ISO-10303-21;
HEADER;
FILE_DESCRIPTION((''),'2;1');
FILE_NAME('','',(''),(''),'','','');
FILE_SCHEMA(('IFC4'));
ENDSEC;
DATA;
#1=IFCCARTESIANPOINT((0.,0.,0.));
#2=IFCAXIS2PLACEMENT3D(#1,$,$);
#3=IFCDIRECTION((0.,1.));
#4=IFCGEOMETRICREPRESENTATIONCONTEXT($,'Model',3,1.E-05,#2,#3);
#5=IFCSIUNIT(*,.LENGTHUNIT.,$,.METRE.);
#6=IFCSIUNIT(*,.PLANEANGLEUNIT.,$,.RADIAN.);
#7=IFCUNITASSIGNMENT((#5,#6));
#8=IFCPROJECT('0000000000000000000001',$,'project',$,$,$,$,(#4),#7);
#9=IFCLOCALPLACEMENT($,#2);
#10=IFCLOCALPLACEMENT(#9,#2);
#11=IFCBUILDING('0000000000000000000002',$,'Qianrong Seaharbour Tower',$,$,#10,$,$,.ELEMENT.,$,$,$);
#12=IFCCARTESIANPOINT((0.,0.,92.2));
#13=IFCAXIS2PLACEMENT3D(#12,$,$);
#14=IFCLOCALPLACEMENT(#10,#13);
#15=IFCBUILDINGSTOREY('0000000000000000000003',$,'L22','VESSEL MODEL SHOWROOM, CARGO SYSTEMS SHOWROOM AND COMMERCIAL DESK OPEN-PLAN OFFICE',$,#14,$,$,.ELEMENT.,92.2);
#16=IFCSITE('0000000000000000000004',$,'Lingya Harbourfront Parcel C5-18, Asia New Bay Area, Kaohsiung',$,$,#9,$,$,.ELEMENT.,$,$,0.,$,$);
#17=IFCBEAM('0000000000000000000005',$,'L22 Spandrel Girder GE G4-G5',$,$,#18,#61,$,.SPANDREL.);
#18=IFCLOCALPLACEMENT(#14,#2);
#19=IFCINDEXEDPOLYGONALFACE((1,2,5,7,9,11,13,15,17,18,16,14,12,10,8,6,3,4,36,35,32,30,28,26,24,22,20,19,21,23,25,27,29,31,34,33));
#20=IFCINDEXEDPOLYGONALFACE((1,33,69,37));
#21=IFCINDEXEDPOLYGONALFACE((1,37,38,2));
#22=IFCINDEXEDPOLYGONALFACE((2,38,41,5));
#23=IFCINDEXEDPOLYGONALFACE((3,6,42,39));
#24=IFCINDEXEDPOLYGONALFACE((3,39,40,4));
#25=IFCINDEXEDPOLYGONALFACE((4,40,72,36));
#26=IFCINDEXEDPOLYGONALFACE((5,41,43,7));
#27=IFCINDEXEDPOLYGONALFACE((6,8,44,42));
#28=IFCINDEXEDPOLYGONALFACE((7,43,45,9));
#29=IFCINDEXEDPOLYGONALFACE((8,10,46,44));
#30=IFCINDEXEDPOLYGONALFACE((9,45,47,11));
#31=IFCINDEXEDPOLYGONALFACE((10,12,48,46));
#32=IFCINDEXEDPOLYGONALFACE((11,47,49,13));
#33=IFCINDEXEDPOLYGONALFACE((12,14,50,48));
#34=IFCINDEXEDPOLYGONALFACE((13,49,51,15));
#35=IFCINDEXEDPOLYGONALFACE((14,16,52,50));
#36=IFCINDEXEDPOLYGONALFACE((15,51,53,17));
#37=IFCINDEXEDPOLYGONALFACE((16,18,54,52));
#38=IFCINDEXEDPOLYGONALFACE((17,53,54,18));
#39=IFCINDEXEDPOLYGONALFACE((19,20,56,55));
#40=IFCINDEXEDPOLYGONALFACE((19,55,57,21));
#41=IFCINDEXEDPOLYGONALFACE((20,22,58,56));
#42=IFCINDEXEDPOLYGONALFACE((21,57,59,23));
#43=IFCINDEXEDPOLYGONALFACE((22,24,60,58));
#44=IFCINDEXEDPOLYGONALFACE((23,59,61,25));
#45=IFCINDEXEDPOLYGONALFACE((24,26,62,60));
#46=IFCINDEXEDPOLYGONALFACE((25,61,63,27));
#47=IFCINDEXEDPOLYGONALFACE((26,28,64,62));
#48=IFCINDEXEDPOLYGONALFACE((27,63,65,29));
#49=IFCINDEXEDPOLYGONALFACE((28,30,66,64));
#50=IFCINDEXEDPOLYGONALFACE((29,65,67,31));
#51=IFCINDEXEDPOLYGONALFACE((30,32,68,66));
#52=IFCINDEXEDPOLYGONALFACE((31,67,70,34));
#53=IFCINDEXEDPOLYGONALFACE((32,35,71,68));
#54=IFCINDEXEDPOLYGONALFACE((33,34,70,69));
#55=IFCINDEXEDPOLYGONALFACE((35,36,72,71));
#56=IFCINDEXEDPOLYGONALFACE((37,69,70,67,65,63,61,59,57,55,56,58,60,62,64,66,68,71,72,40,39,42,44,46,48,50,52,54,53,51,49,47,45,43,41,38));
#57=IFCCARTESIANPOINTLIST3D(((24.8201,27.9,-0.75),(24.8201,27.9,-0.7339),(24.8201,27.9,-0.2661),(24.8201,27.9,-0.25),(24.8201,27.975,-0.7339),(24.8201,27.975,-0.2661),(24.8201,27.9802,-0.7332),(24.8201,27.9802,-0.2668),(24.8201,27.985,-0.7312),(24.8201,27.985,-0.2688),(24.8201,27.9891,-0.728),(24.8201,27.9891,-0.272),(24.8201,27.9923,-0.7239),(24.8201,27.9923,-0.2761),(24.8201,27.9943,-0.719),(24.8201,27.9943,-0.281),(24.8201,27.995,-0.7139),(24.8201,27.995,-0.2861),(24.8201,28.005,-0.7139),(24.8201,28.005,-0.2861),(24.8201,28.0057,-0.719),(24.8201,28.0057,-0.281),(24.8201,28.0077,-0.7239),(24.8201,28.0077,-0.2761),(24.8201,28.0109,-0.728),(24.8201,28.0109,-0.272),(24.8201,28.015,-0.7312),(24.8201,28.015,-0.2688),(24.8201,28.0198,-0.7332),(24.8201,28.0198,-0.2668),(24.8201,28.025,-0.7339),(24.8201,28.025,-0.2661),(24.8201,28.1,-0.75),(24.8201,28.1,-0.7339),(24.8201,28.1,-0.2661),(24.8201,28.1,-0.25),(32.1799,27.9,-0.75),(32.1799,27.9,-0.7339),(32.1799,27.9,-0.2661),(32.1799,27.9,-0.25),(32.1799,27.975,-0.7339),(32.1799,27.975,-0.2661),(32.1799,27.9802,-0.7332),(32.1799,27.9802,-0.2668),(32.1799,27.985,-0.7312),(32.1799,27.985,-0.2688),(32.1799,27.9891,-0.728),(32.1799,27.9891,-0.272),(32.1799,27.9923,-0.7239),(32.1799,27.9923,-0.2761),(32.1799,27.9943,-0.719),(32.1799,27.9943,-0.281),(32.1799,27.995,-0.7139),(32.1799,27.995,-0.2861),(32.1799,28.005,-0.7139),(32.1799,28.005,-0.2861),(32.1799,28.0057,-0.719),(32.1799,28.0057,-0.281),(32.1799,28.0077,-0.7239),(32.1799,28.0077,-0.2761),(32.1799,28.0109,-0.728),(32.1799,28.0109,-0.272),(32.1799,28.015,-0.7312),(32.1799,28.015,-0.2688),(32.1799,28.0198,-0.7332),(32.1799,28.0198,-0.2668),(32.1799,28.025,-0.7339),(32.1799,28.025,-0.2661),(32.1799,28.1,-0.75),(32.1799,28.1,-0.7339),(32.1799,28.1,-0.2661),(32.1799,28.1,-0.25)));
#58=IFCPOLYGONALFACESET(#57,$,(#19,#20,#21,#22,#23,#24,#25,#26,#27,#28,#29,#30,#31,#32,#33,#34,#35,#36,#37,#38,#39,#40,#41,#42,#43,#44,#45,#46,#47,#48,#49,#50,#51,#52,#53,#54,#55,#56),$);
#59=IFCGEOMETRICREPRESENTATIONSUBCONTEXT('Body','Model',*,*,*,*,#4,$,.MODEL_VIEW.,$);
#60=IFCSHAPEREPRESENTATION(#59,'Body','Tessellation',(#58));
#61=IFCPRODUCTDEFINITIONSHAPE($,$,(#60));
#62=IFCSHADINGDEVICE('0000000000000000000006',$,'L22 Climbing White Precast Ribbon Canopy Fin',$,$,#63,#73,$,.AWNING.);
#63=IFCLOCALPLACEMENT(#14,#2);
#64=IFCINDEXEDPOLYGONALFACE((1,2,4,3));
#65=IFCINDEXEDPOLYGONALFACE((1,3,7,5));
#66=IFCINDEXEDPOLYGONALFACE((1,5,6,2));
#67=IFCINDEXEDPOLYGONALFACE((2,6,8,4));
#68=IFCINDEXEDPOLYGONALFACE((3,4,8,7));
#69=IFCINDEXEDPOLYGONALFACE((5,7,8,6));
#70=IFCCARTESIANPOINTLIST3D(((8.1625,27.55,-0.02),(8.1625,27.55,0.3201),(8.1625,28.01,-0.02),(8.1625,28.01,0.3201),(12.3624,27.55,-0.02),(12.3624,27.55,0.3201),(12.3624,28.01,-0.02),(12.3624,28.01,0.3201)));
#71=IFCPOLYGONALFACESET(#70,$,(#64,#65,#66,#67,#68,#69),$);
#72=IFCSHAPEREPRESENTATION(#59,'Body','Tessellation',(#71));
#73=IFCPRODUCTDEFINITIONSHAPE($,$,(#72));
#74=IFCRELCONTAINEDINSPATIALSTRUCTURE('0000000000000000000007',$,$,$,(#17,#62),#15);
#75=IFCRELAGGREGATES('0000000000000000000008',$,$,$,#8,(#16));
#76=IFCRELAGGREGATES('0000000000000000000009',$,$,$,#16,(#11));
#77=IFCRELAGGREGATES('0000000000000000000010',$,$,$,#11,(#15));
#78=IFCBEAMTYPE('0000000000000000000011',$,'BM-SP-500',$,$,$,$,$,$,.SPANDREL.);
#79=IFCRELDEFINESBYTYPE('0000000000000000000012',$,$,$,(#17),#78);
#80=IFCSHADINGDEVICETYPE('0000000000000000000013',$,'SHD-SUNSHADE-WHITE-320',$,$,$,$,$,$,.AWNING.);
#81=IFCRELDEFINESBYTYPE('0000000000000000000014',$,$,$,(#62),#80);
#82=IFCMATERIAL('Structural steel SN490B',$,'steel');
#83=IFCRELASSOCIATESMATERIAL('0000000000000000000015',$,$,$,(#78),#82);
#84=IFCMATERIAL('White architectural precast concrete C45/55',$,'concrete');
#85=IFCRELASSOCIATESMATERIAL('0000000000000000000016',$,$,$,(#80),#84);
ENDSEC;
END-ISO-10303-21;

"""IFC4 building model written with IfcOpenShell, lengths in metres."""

from ifc_helpers import new_model, si_unit, direction, frame, origin, origin_2d, place, context, subcontext, project, spatial, rectangle, i_section, extrude, material, material_profile, profile_set, type_object, element, save


model = new_model("IFC4")

# Units and contexts
model_context = context("Model", 3, precision=1e-05, world=origin(), true_north=direction((0.0, 1.0)))
body_context = subcontext(model_context, "Body", "Model", "MODEL_VIEW")
ifc_project = project(units=[si_unit("LENGTHUNIT", "METRE"), si_unit("PLANEANGLEUNIT", "RADIAN")], contexts=[model_context])

# Site, building, storey
site_placement = place(None, origin())
site = spatial("IfcSite", under=ifc_project, at=site_placement, Name="Lingya Harbourfront Parcel C5-18, Asia New Bay Area, Kaohsiung", CompositionType="ELEMENT", RefElevation=0.0)
building_placement = place(site_placement, origin())
building = spatial("IfcBuilding", under=site, at=building_placement, Name="Qianrong Seaharbour Tower", CompositionType="ELEMENT")
storey_placement = place(building_placement, frame((0.0, 0.0, 92.2)))
storey = spatial("IfcBuildingStorey", under=building, at=storey_placement, Name="L22", Description="VESSEL MODEL SHOWROOM, CARGO SYSTEMS SHOWROOM AND COMMERCIAL DESK OPEN-PLAN OFFICE", CompositionType="ELEMENT", Elevation=92.2)

# Shared definitions
ifc_material_1 = material(Name="Structural steel SN490B", Category="steel")

# Beam
ifc_material_profile_1 = material_profile(ifc_material_1, i_section(OverallWidth=0.2, OverallDepth=0.5, WebThickness=0.01, FlangeThickness=0.0161, FilletRadius=0.02, at=origin_2d()), Name="H500x200x10x16")
ifc_profile_set_1 = profile_set([ifc_material_profile_1], Name="Structural steel SN490B")
beam_type_1 = type_object("IfcBeamType", Name="BM-SP-500", PredefinedType="SPANDREL", material=ifc_profile_set_1)
for number, where, z_axis, x_axis, name in (
    (1, (24.8201, 28.0, -0.5), (1.0, 0.0, 0.0), (0.0, 1.0, 0.0), "L22 Spandrel Girder GE G4-G5"),
):
    element("IfcBeam", number, at=place(storey_placement, frame(where, z_axis=z_axis, x_axis=x_axis)), inside=storey, type_object=beam_type_1, Name=name, PredefinedType="SPANDREL", context=body_context, shape_type="SweptSolid", body=[
        extrude(i_section(OverallWidth=0.2, OverallDepth=0.5, WebThickness=0.01, FlangeThickness=0.0161, FilletRadius=0.02, at=origin_2d()), origin(), (0.0, 0.0, 1.0), 7.3599),
    ])

# Shading device
ifc_material_2 = material(Name="White architectural precast concrete C45/55", Category="concrete")
shading_device_type = type_object("IfcShadingDeviceType", Name="SHD-SUNSHADE-WHITE-320", PredefinedType="AWNING", material=ifc_material_2)
shading_device_placement = place(storey_placement, frame((10.2625, 27.78, -0.02), z_axis=(0.0, 0.0, 1.0), x_axis=(1.0, 0.0, 0.0)))
element("IfcShadingDevice", 2, at=shading_device_placement, inside=storey, type_object=shading_device_type, Name="L22 Climbing White Precast Ribbon Canopy Fin", PredefinedType="AWNING", context=body_context, shape_type="SweptSolid", body=[
    extrude(rectangle(XDim=4.2, YDim=0.46, at=origin_2d()), origin(), (0.0, 0.0, 1.0), 0.3401),
])

save(model, "model.ifc")
